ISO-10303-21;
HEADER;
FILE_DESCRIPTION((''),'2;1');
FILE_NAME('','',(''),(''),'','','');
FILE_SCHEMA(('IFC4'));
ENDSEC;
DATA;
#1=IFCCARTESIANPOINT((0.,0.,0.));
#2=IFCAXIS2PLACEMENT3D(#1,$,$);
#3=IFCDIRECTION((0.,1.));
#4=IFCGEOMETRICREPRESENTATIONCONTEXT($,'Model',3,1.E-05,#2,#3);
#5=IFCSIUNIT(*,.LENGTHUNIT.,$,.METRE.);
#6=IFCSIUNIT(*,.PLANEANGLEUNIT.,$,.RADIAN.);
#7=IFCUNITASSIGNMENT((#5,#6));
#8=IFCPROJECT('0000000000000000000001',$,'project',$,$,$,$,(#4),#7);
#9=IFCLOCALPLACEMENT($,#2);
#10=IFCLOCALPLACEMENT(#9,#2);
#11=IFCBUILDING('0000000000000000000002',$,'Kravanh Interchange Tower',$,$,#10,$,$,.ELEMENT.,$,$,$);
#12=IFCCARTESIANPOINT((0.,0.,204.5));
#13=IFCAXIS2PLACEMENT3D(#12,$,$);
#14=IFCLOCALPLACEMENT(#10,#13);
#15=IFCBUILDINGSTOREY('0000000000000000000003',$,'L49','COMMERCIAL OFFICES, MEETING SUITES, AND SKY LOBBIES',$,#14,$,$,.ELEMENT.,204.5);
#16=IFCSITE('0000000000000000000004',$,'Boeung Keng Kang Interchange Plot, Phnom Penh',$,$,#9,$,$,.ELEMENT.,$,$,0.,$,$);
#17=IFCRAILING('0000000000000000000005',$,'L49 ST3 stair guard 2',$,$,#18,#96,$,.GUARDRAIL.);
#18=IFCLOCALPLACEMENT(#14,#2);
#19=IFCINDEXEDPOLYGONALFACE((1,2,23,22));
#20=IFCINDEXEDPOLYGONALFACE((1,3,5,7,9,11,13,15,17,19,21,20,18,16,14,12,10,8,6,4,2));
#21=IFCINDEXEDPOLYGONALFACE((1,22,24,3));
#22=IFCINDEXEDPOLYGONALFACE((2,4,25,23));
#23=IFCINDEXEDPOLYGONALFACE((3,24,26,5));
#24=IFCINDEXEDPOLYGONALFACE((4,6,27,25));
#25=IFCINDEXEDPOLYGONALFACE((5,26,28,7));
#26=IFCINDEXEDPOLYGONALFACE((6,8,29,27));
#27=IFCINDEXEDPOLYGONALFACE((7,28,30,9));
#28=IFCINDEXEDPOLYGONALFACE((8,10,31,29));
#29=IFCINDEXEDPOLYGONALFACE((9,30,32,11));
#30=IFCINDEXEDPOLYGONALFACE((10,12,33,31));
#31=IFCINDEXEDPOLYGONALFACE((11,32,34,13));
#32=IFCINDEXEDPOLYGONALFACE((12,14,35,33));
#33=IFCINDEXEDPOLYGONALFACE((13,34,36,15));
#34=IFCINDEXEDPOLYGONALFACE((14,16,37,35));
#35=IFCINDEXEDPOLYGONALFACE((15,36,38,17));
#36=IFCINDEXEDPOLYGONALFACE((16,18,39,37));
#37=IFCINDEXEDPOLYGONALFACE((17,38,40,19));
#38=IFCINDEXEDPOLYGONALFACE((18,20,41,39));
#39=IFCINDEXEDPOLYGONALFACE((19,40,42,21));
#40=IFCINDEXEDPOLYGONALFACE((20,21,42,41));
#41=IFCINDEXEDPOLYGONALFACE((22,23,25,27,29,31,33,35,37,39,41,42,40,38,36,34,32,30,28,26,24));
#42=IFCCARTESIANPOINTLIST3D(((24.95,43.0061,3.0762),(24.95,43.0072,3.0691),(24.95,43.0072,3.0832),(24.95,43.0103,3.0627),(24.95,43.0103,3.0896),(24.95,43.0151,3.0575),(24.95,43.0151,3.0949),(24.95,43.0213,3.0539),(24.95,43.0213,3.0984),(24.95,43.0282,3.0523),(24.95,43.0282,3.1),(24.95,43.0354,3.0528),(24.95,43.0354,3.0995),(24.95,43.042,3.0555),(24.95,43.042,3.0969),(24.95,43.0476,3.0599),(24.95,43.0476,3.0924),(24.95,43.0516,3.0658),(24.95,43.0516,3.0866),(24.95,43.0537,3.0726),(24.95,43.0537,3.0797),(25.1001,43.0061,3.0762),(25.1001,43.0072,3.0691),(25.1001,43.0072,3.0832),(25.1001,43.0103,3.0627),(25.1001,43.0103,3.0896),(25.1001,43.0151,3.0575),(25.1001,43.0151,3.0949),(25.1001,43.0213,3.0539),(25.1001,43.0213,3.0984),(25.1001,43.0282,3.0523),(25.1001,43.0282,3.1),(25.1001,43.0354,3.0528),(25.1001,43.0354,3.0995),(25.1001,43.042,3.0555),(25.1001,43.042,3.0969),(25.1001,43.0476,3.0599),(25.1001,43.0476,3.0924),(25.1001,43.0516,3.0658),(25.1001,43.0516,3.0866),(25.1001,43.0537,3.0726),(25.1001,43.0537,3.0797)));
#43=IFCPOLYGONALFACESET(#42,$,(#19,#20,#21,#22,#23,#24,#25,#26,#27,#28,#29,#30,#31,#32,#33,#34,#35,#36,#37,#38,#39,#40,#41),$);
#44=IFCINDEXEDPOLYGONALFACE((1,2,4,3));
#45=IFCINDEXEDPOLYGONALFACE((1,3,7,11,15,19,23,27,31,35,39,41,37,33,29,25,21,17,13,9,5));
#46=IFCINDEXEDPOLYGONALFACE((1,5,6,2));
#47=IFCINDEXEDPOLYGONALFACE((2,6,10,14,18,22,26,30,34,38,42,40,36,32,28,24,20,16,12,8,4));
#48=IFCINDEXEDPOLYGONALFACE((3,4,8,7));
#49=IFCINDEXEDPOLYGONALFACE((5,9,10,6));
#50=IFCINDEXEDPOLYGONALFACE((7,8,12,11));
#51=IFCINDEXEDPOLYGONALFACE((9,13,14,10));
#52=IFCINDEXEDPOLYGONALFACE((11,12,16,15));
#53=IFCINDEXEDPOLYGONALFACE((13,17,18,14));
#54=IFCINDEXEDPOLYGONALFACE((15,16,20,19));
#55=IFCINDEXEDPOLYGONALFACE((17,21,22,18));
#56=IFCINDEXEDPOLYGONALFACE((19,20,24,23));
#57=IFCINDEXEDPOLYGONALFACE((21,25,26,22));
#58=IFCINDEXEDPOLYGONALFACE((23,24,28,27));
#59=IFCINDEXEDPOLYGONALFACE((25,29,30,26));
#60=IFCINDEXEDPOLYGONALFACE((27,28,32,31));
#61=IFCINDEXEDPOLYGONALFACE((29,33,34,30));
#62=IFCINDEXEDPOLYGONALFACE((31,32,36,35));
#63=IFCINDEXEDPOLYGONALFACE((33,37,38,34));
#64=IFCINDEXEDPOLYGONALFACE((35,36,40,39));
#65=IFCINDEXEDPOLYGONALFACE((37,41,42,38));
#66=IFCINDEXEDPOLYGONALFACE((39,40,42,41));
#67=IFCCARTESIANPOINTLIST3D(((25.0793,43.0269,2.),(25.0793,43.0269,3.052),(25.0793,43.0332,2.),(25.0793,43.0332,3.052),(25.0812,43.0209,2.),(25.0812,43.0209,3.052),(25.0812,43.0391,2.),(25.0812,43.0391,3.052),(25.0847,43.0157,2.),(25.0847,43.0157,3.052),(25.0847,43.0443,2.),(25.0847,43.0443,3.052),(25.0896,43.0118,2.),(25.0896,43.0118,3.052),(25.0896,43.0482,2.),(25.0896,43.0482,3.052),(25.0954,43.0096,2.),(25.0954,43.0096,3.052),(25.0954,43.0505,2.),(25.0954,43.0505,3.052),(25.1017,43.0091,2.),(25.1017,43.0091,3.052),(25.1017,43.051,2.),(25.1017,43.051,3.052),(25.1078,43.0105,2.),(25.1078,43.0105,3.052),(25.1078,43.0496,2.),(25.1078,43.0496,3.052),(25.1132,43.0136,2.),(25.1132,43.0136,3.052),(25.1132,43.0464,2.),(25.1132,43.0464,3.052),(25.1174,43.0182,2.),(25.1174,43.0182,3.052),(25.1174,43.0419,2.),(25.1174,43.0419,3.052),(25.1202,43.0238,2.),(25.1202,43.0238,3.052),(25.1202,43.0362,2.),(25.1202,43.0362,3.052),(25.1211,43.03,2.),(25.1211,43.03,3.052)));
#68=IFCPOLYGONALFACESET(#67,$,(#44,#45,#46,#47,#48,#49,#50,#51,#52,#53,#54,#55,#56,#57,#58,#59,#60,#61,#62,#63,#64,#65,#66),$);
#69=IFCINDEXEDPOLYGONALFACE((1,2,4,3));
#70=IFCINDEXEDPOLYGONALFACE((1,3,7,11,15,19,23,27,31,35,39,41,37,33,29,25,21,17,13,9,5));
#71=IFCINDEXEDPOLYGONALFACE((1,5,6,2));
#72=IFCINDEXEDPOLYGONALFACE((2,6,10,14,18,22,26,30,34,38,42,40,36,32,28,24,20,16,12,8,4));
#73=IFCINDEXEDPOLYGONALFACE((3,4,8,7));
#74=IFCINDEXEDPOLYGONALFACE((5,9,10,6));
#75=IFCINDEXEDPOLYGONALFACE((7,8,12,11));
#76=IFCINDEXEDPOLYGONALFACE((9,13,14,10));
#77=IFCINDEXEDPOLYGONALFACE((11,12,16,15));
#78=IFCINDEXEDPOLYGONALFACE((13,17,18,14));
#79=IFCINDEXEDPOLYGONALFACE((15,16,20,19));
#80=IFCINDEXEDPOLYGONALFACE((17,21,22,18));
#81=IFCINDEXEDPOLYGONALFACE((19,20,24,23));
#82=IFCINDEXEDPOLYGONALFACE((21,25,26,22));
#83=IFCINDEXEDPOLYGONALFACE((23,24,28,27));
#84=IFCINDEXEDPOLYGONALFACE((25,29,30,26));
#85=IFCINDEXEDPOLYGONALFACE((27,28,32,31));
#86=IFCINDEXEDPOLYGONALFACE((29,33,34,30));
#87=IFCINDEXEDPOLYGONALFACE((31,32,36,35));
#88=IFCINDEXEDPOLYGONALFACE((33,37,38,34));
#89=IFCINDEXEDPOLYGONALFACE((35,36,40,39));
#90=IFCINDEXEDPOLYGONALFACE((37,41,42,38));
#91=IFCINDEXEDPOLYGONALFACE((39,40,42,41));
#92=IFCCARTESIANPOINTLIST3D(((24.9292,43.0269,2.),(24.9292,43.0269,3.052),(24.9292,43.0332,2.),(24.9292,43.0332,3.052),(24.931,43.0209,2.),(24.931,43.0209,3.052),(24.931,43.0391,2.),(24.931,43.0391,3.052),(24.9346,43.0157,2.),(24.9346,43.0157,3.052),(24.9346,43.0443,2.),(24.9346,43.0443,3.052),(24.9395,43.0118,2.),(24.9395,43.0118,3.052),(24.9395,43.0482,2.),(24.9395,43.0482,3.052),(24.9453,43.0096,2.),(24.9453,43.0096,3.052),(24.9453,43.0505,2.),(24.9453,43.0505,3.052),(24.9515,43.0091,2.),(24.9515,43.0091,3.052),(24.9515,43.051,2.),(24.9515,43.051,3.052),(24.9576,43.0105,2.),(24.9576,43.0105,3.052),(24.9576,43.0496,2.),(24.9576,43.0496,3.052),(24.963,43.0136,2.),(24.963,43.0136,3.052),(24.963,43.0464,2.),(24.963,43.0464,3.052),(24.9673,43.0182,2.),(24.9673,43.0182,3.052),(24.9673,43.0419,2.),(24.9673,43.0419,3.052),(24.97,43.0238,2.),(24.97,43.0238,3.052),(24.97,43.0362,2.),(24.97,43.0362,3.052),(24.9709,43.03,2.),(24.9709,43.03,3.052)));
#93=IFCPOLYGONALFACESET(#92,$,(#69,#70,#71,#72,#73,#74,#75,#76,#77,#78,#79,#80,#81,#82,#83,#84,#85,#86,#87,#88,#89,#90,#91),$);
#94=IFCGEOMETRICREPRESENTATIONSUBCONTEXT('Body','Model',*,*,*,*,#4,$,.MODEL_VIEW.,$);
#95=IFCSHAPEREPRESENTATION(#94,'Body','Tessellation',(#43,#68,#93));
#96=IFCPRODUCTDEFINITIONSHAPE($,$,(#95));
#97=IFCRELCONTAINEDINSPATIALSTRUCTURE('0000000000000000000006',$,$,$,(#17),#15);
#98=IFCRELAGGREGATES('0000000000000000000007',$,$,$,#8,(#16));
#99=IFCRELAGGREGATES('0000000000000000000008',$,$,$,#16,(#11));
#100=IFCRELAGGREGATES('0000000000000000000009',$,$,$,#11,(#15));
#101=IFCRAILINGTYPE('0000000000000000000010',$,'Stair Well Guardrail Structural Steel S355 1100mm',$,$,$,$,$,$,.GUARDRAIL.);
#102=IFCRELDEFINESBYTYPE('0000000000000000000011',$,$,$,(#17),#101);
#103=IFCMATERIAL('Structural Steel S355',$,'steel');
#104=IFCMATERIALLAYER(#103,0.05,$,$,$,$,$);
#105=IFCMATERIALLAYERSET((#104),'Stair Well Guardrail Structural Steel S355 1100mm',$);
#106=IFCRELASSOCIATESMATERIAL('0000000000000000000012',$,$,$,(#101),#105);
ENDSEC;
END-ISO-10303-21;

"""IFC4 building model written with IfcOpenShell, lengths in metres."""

from ifc_helpers import new_model, si_unit, direction, frame, origin, origin_2d, place, context, subcontext, project, spatial, circle, extrude, material, layer, layer_set, type_object, element, save


model = new_model("IFC4")

# Units and contexts
model_context = context("Model", 3, precision=1e-05, world=origin(), true_north=direction((0.0, 1.0)))
body_context = subcontext(model_context, "Body", "Model", "MODEL_VIEW")
ifc_project = project(units=[si_unit("LENGTHUNIT", "METRE"), si_unit("PLANEANGLEUNIT", "RADIAN")], contexts=[model_context])

# Site, building, storey
site_placement = place(None, origin())
site = spatial("IfcSite", under=ifc_project, at=site_placement, Name="Boeung Keng Kang Interchange Plot, Phnom Penh", CompositionType="ELEMENT", RefElevation=0.0)
building_placement = place(site_placement, origin())
building = spatial("IfcBuilding", under=site, at=building_placement, Name="Kravanh Interchange Tower", CompositionType="ELEMENT")
storey_placement = place(building_placement, frame((0.0, 0.0, 204.5)))
storey = spatial("IfcBuildingStorey", under=building, at=storey_placement, Name="L49", Description="COMMERCIAL OFFICES, MEETING SUITES, AND SKY LOBBIES", CompositionType="ELEMENT", Elevation=204.5)

# Railing
ifc_material_1 = material(Name="Structural Steel S355", Category="steel")
ifc_layer_1 = layer(ifc_material_1, 0.05)
ifc_layer_set_1 = layer_set([ifc_layer_1], Name="Stair Well Guardrail Structural Steel S355 1100mm")
railing_type_1 = type_object("IfcRailingType", Name="Stair Well Guardrail Structural Steel S355 1100mm", PredefinedType="GUARDRAIL", material=ifc_layer_set_1)
railing_1_placement = place(storey_placement, frame((25.1001, 43.03, 2.0)))
element("IfcRailing", 1, at=railing_1_placement, inside=storey, type_object=railing_type_1, Name="L49 ST3 stair guard 2", PredefinedType="GUARDRAIL", context=body_context, shape_type="SweptSolid", body=[
    extrude(circle(Radius=0.0239, at=origin_2d()), frame((0.0, 0.0, 1.0762), z_axis=(-1.0, 0.0, 0.0), x_axis=(0.0, -1.0, 0.0)), (0.0, 0.0, 1.0), 0.1501),
    extrude(circle(Radius=0.021, at=origin_2d()), origin(), (0.0, 0.0, 1.0), 1.052),
    extrude(circle(Radius=0.021, at=origin_2d()), frame((-0.1501, 0.0, 0.0)), (0.0, 0.0, 1.0), 1.052),
])

save(model, "model.ifc")
